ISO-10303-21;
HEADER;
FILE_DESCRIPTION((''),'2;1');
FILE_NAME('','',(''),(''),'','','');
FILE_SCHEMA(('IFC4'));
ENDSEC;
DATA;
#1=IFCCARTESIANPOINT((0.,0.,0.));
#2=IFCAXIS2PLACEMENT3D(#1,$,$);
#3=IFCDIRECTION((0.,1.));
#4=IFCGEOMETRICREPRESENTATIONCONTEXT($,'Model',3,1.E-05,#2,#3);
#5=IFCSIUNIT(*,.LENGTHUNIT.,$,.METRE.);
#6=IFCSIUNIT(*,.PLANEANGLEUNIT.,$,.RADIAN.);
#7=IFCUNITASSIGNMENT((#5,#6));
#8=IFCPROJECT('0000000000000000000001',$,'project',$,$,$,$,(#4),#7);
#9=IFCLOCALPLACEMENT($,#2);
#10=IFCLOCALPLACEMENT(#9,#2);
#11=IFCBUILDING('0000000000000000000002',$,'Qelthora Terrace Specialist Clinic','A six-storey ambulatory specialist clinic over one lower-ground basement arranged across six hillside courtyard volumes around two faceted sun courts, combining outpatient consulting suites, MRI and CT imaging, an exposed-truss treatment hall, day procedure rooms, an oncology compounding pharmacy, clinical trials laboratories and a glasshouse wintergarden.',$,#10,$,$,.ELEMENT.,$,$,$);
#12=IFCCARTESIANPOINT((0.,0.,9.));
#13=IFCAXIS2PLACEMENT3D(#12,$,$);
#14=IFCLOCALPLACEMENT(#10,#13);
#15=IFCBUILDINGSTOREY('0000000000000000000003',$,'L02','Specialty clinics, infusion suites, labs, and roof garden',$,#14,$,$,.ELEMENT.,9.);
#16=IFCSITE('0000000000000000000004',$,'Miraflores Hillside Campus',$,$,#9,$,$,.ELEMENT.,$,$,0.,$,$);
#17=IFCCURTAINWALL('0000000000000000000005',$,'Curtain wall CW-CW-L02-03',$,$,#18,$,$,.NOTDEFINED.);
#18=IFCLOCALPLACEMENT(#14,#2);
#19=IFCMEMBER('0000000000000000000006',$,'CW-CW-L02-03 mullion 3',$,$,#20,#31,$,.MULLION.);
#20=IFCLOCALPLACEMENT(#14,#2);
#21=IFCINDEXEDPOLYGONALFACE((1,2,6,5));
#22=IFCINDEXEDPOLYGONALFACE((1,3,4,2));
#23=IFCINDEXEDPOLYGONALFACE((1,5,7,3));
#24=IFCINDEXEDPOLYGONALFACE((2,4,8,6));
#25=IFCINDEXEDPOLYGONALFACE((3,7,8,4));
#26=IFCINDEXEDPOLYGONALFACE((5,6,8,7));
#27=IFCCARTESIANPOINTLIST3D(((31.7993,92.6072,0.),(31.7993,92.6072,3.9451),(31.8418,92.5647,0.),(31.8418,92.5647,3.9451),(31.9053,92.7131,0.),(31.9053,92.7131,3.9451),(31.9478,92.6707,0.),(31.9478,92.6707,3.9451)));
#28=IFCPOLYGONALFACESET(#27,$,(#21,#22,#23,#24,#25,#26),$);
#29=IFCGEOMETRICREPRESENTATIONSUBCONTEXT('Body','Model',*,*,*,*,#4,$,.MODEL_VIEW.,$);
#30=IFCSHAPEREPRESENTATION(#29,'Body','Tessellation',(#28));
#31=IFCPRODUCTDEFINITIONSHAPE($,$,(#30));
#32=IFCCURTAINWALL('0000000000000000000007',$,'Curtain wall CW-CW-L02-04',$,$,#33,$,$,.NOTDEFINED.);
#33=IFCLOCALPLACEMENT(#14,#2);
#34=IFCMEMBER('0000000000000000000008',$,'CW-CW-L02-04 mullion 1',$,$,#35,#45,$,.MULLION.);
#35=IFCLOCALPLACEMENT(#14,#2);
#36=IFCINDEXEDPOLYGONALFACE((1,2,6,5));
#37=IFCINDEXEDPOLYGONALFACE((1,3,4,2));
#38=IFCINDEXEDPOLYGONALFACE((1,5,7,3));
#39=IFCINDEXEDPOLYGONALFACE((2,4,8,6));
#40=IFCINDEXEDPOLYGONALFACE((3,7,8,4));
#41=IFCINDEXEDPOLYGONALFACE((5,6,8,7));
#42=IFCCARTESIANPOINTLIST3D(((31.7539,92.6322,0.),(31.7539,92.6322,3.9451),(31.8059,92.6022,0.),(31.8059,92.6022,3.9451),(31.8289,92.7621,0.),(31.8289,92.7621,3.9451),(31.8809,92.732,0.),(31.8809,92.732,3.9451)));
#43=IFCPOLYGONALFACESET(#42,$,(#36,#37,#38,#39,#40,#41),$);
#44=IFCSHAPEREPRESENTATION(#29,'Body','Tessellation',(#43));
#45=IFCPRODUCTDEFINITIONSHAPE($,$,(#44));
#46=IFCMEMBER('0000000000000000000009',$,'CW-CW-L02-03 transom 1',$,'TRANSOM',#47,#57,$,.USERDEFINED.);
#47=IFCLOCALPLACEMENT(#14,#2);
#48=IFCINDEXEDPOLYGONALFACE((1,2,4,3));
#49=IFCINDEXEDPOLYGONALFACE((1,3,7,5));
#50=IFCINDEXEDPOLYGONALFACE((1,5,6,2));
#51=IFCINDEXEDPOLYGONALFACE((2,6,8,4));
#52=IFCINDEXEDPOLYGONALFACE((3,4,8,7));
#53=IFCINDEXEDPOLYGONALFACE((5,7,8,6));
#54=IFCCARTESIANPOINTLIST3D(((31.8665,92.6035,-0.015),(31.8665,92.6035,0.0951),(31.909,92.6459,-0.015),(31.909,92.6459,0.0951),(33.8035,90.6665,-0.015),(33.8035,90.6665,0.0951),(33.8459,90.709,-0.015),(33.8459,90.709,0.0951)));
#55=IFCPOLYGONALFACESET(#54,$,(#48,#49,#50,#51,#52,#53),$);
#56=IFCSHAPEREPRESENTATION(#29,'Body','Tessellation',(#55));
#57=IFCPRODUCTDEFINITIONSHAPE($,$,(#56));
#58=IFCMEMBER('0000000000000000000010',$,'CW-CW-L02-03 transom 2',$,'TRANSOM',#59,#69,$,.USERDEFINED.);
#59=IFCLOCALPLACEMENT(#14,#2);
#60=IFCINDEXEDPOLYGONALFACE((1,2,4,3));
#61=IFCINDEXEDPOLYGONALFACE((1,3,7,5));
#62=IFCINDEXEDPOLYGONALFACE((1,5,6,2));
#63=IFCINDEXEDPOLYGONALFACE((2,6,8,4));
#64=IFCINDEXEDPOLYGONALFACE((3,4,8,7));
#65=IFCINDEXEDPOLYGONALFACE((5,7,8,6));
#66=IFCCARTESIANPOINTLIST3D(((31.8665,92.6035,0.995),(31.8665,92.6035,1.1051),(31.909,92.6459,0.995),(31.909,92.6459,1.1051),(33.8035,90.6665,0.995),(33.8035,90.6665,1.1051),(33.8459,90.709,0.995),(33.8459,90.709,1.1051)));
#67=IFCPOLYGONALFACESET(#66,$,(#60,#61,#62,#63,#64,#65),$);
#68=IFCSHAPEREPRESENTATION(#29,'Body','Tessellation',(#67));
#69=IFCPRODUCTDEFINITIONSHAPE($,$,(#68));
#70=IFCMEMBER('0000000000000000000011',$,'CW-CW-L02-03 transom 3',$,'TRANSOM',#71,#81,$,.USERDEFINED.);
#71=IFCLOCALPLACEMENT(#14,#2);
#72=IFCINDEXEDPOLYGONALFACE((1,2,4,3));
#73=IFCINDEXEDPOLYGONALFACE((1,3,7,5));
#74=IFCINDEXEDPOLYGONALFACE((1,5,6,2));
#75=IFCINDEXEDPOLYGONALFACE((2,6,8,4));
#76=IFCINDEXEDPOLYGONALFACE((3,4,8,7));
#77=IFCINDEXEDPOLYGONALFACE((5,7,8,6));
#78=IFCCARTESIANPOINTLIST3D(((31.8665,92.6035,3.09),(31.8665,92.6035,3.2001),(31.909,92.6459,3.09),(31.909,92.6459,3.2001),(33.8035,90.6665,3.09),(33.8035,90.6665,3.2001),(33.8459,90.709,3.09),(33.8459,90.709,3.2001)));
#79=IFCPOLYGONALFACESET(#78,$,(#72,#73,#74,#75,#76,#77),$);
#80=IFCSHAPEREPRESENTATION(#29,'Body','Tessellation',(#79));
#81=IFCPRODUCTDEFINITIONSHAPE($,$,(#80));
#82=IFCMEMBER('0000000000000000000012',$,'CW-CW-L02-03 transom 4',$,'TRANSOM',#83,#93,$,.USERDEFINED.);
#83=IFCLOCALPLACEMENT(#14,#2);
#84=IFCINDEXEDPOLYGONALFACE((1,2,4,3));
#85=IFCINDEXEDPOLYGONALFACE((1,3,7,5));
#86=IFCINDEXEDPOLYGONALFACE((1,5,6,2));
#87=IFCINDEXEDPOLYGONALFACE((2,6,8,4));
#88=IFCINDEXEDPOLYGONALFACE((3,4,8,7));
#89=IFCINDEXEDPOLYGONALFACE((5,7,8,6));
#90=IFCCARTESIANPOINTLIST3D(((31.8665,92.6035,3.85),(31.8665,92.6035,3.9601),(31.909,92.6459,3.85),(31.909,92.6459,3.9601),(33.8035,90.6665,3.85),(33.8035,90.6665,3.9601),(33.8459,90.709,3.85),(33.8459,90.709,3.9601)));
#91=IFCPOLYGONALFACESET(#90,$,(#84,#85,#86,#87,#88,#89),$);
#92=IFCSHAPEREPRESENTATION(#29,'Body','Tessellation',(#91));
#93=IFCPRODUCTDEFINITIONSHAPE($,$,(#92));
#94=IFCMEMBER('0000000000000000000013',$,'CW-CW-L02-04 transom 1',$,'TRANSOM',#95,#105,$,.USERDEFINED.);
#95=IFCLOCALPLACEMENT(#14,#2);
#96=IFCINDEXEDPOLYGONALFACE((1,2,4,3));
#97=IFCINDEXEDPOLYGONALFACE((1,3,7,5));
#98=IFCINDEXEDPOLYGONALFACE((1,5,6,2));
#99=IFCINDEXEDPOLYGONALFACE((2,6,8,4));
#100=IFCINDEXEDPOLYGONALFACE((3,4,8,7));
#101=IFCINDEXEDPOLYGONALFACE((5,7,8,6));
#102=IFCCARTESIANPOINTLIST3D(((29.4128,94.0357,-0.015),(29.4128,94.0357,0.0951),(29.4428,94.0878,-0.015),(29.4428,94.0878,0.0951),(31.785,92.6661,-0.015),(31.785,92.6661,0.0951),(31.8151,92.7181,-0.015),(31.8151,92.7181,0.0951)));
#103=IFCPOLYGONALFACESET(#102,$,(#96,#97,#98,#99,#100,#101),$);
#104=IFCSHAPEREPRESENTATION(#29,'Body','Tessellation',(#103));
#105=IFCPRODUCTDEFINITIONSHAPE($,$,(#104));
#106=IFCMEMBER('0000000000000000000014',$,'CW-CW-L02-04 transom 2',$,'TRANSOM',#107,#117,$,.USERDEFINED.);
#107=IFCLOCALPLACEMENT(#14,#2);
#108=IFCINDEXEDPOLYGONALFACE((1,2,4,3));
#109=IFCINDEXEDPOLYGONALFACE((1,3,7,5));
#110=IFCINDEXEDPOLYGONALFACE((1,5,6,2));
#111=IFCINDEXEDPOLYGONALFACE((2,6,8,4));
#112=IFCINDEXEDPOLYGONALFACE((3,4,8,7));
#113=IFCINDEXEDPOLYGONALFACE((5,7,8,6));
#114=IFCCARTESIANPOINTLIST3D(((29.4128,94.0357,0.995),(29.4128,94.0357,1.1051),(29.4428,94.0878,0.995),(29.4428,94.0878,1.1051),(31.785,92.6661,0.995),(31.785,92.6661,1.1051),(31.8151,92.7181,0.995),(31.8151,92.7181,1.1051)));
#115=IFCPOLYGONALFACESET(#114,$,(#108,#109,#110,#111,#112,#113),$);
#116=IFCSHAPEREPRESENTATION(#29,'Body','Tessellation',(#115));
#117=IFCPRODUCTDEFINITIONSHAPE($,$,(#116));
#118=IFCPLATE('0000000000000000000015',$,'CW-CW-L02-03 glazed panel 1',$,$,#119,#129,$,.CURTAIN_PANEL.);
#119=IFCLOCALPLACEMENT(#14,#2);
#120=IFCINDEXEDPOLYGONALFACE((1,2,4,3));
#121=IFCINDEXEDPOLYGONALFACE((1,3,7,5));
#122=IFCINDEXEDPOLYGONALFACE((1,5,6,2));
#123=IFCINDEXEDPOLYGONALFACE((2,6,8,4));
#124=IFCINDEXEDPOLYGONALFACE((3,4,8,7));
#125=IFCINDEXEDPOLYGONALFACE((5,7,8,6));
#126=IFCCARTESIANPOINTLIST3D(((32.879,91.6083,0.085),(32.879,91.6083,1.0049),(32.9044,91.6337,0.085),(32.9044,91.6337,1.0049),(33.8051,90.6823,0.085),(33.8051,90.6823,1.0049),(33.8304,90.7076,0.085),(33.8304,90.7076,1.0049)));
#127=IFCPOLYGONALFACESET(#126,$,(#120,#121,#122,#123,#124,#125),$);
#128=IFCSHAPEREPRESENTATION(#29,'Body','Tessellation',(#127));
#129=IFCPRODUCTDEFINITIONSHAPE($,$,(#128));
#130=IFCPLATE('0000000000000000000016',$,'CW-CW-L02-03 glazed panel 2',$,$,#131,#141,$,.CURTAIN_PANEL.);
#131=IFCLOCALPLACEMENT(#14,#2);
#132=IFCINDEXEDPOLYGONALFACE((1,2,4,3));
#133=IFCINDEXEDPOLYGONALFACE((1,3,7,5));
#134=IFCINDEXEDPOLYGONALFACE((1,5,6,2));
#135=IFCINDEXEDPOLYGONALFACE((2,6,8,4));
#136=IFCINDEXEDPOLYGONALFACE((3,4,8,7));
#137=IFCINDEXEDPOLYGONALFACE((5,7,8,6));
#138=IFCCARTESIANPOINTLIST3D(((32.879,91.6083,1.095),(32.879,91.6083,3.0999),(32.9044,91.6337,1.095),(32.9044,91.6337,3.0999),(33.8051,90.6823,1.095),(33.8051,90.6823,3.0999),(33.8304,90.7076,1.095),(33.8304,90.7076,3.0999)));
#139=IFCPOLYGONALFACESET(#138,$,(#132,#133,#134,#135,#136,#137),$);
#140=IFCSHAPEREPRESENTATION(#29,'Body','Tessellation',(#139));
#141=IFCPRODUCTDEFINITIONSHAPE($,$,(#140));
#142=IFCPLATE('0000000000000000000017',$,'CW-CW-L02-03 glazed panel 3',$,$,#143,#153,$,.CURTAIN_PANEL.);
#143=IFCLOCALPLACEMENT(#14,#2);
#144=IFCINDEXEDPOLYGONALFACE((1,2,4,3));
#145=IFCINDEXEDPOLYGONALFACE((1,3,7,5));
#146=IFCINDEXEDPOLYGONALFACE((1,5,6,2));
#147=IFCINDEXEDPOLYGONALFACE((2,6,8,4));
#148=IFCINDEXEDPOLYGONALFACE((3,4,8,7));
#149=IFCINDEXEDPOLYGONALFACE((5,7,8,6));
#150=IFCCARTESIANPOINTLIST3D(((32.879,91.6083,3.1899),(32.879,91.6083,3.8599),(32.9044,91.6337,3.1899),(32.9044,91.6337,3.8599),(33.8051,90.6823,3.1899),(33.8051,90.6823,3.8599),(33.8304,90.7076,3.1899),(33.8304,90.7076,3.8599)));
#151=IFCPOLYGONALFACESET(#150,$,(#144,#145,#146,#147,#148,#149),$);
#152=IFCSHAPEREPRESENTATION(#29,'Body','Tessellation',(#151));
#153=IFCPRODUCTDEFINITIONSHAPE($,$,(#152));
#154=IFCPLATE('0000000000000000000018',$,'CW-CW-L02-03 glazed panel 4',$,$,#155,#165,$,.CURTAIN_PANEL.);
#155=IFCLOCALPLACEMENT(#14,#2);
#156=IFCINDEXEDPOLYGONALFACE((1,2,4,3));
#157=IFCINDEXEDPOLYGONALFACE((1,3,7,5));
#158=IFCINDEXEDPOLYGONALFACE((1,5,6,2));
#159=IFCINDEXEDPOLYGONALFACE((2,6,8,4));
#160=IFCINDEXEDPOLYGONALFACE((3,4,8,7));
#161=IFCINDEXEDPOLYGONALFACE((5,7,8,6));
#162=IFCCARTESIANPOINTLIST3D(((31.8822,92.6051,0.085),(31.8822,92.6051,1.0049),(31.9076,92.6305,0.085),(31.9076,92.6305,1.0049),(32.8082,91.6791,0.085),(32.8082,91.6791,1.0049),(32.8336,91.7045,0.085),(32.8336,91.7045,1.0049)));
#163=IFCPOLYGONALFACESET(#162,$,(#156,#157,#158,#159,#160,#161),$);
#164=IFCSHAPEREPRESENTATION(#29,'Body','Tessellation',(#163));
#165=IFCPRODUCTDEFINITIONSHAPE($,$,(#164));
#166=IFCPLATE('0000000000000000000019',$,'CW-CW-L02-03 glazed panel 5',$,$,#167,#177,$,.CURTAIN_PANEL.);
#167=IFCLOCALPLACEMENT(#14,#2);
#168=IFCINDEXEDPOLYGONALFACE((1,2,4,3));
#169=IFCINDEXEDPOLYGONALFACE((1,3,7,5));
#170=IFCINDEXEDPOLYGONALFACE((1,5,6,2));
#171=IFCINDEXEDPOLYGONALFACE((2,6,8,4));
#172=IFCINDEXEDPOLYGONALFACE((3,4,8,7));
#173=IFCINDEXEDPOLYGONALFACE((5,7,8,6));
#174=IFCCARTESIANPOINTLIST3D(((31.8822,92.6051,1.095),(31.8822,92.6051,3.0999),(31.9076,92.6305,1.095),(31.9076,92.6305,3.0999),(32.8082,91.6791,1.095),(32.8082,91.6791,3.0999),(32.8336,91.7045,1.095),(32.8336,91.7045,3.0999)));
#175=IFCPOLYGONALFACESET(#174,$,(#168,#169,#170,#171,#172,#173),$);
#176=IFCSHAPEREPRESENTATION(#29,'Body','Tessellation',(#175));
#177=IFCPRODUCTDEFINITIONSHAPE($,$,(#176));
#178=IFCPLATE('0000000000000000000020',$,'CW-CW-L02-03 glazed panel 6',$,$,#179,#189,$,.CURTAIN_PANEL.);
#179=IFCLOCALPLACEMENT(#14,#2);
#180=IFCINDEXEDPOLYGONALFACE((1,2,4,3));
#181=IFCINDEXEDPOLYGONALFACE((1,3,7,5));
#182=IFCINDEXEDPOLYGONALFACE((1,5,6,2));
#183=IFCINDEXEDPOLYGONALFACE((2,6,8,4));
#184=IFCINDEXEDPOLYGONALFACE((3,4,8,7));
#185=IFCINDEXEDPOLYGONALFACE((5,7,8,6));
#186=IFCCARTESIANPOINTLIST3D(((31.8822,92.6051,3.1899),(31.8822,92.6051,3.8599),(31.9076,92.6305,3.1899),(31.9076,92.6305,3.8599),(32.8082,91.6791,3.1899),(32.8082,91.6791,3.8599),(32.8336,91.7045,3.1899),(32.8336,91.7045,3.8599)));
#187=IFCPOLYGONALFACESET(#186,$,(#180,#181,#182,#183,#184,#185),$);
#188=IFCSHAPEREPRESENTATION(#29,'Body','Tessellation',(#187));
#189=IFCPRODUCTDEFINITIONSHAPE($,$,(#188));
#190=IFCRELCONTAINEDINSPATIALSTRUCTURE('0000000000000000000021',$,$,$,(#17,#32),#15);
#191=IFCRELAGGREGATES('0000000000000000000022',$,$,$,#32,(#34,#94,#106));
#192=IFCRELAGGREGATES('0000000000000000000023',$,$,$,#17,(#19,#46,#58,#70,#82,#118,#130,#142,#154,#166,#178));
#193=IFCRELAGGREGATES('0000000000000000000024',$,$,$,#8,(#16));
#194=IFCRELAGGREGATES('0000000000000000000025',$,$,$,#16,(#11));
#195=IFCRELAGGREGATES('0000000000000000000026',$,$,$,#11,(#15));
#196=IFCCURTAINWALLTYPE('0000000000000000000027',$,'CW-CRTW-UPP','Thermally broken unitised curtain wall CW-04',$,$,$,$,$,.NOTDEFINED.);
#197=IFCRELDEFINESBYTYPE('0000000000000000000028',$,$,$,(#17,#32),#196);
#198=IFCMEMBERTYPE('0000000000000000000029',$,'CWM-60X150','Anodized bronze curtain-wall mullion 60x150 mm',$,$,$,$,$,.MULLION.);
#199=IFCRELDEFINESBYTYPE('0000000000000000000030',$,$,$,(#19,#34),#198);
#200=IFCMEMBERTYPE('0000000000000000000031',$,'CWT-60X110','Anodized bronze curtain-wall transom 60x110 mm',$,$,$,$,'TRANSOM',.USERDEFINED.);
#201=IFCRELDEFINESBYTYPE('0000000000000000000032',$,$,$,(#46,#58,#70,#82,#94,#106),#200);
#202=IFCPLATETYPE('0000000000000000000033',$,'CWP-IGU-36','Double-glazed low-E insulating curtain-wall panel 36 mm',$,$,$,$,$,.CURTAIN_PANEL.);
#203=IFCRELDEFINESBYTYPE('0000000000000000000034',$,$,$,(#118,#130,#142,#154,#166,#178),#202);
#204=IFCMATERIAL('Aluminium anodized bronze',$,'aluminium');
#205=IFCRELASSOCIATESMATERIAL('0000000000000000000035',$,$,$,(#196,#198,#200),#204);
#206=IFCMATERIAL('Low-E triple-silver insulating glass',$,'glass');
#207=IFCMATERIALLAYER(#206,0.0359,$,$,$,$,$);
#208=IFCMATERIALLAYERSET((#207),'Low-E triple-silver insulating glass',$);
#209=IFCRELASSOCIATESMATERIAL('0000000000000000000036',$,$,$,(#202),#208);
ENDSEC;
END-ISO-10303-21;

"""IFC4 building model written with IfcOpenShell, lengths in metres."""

from ifc_helpers import new_model, si_unit, direction, frame, origin, origin_2d, place, context, subcontext, project, spatial, rectangle, extrude, material, layer, layer_set, material_profile, profile_set, type_object, element, aggregate, save


model = new_model("IFC4")

# Units and contexts
model_context = context("Model", 3, precision=1e-05, world=origin(), true_north=direction((0.0, 1.0)))
body_context = subcontext(model_context, "Body", "Model", "MODEL_VIEW")
ifc_project = project(units=[si_unit("LENGTHUNIT", "METRE"), si_unit("PLANEANGLEUNIT", "RADIAN")], contexts=[model_context])

# Site, building, storey
site_placement = place(None, origin())
site = spatial("IfcSite", under=ifc_project, at=site_placement, Name="Miraflores Hillside Campus", CompositionType="ELEMENT", RefElevation=0.0)
building_placement = place(site_placement, origin())
building = spatial("IfcBuilding", under=site, at=building_placement, Name="Qelthora Terrace Specialist Clinic", Description="A six-storey ambulatory specialist clinic over one lower-ground basement arranged across six hillside courtyard volumes around two faceted sun courts, combining outpatient consulting suites, MRI and CT imaging, an exposed-truss treatment hall, day procedure rooms, an oncology compounding pharmacy, clinical trials laboratories and a glasshouse wintergarden.", CompositionType="ELEMENT")
storey_placement = place(building_placement, frame((0.0, 0.0, 9.0)))
storey = spatial("IfcBuildingStorey", under=building, at=storey_placement, Name="L02", Description="Specialty clinics, infusion suites, labs, and roof garden", CompositionType="ELEMENT", Elevation=9.0)

# Shared definitions
ifc_material_1 = material(Name="Aluminium anodized bronze", Category="aluminium")
curtain_wall_type = type_object("IfcCurtainWallType", Name="CW-CRTW-UPP", Description="Thermally broken unitised curtain wall CW-04", PredefinedType="NOTDEFINED", material=ifc_material_1)
ifc_material_profile_1 = material_profile(ifc_material_1, rectangle(XDim=0.0601, YDim=0.1499, at=origin_2d()), Name="CWM60X150")
ifc_profile_set_1 = profile_set([ifc_material_profile_1], Name="Aluminium anodized bronze")
member_type_1 = type_object("IfcMemberType", Name="CWM-60X150", Description="Anodized bronze curtain-wall mullion 60x150 mm", PredefinedType="MULLION", material=ifc_profile_set_1)

# Curtain wall, member
curtain_wall_1_placement = place(storey_placement, origin())
curtain_wall_1 = element("IfcCurtainWall", 1, at=curtain_wall_1_placement, inside=storey, type_object=curtain_wall_type, Name="Curtain wall CW-CW-L02-03", PredefinedType="NOTDEFINED")
member_1_placement = place(storey_placement, frame((31.8735, 92.6389, 0.0), z_axis=(0.0, 0.0, 1.0), x_axis=(-0.707107, 0.707107, 0.0)))
member_1 = element("IfcMember", 2, at=member_1_placement, type_object=member_type_1, Name="CW-CW-L02-03 mullion 3", PredefinedType="MULLION", context=body_context, shape_type="SweptSolid", body=[
    extrude(rectangle(XDim=0.0601, YDim=0.1499, at=origin_2d()), origin(), (0.0, 0.0, 1.0), 3.9451),
])

# Curtain wall, member
curtain_wall_2_placement = place(storey_placement, origin())
curtain_wall_2 = element("IfcCurtainWall", 3, at=curtain_wall_2_placement, inside=storey, type_object=curtain_wall_type, Name="Curtain wall CW-CW-L02-04", PredefinedType="NOTDEFINED")
member_2_placement = place(storey_placement, frame((31.8174, 92.6821, 0.0), z_axis=(0.0, 0.0, 1.0), x_axis=(-0.866026, 0.5, 0.0)))
member_2 = element("IfcMember", 4, at=member_2_placement, type_object=member_type_1, Name="CW-CW-L02-04 mullion 1", PredefinedType="MULLION", context=body_context, shape_type="SweptSolid", body=[
    extrude(rectangle(XDim=0.0601, YDim=0.1499, at=origin_2d()), origin(), (0.0, 0.0, 1.0), 3.9451),
])

# Members
ifc_material_profile_2 = material_profile(ifc_material_1, rectangle(XDim=0.0601, YDim=0.1101, at=origin_2d()), Name="CWT60X110")
ifc_profile_set_2 = profile_set([ifc_material_profile_2], Name="Aluminium anodized bronze")
member_type_2 = type_object("IfcMemberType", Name="CWT-60X110", Description="Anodized bronze curtain-wall transom 60x110 mm", ElementType="TRANSOM", PredefinedType="USERDEFINED", material=ifc_profile_set_2)
member_3_placement = place(storey_placement, frame((33.8247, 90.6877, 0.04), z_axis=(-0.707107, 0.707107, 0.0), x_axis=(-0.707107, -0.707107, 0.0)))
member_3 = element("IfcMember", 5, at=member_3_placement, type_object=member_type_2, Name="CW-CW-L02-03 transom 1", ObjectType="TRANSOM", PredefinedType="USERDEFINED", context=body_context, shape_type="SweptSolid", body=[
    extrude(rectangle(XDim=0.0601, YDim=0.1101, at=origin_2d()), origin(), (0.0, 0.0, 1.0), 2.7393),
])
member_4_placement = place(storey_placement, frame((33.8247, 90.6877, 1.05), z_axis=(-0.707107, 0.707107, 0.0), x_axis=(-0.707107, -0.707107, 0.0)))
member_4 = element("IfcMember", 6, at=member_4_placement, type_object=member_type_2, Name="CW-CW-L02-03 transom 2", ObjectType="TRANSOM", PredefinedType="USERDEFINED", context=body_context, shape_type="SweptSolid", body=[
    extrude(rectangle(XDim=0.0601, YDim=0.1101, at=origin_2d()), origin(), (0.0, 0.0, 1.0), 2.7393),
])
member_5_placement = place(storey_placement, frame((33.8247, 90.6877, 3.145), z_axis=(-0.707107, 0.707107, 0.0), x_axis=(-0.707107, -0.707107, 0.0)))
member_5 = element("IfcMember", 7, at=member_5_placement, type_object=member_type_2, Name="CW-CW-L02-03 transom 3", ObjectType="TRANSOM", PredefinedType="USERDEFINED", context=body_context, shape_type="SweptSolid", body=[
    extrude(rectangle(XDim=0.0601, YDim=0.1101, at=origin_2d()), origin(), (0.0, 0.0, 1.0), 2.7393),
])
member_6_placement = place(storey_placement, frame((33.8247, 90.6877, 3.905), z_axis=(-0.707107, 0.707107, 0.0), x_axis=(-0.707107, -0.707107, 0.0)))
member_6 = element("IfcMember", 8, at=member_6_placement, type_object=member_type_2, Name="CW-CW-L02-03 transom 4", ObjectType="TRANSOM", PredefinedType="USERDEFINED", context=body_context, shape_type="SweptSolid", body=[
    extrude(rectangle(XDim=0.0601, YDim=0.1101, at=origin_2d()), origin(), (0.0, 0.0, 1.0), 2.7393),
])
member_7_placement = place(storey_placement, frame((31.8, 92.6921, 0.04), z_axis=(-0.86603, 0.499992, 0.0), x_axis=(-0.499992, -0.86603, 0.0)))
member_7 = element("IfcMember", 9, at=member_7_placement, type_object=member_type_2, Name="CW-CW-L02-04 transom 1", ObjectType="TRANSOM", PredefinedType="USERDEFINED", context=body_context, shape_type="SweptSolid", body=[
    extrude(rectangle(XDim=0.0601, YDim=0.1101, at=origin_2d()), origin(), (0.0, 0.0, 1.0), 2.7393),
])
member_8_placement = place(storey_placement, frame((31.8, 92.6921, 1.05), z_axis=(-0.86603, 0.499992, 0.0), x_axis=(-0.499992, -0.86603, 0.0)))
member_8 = element("IfcMember", 10, at=member_8_placement, type_object=member_type_2, Name="CW-CW-L02-04 transom 2", ObjectType="TRANSOM", PredefinedType="USERDEFINED", context=body_context, shape_type="SweptSolid", body=[
    extrude(rectangle(XDim=0.0601, YDim=0.1101, at=origin_2d()), origin(), (0.0, 0.0, 1.0), 2.7393),
])
aggregate(curtain_wall_2, [member_2, member_7, member_8])

# Plates
ifc_material_2 = material(Name="Low-E triple-silver insulating glass", Category="glass")
ifc_layer_1 = layer(ifc_material_2, 0.0359)
ifc_layer_set_1 = layer_set([ifc_layer_1], Name="Low-E triple-silver insulating glass")
plate_type = type_object("IfcPlateType", Name="CWP-IGU-36", Description="Double-glazed low-E insulating curtain-wall panel 36 mm", PredefinedType="CURTAIN_PANEL", material=ifc_layer_set_1)
plate_1_placement = place(storey_placement, frame((33.3547, 91.158, 0.085), z_axis=(0.0, 0.0, 1.0), x_axis=(-0.707107, 0.707107, 0.0)))
plate_1 = element("IfcPlate", 11, at=plate_1_placement, type_object=plate_type, Name="CW-CW-L02-03 glazed panel 1", PredefinedType="CURTAIN_PANEL", context=body_context, shape_type="SweptSolid", body=[
    extrude(rectangle(XDim=1.3096, YDim=0.0359, at=origin_2d()), origin(), (0.0, 0.0, 1.0), 0.9199),
])
plate_2_placement = place(storey_placement, frame((33.3547, 91.158, 1.095), z_axis=(0.0, 0.0, 1.0), x_axis=(-0.707107, 0.707107, 0.0)))
plate_2 = element("IfcPlate", 12, at=plate_2_placement, type_object=plate_type, Name="CW-CW-L02-03 glazed panel 2", PredefinedType="CURTAIN_PANEL", context=body_context, shape_type="SweptSolid", body=[
    extrude(rectangle(XDim=1.3096, YDim=0.0359, at=origin_2d()), origin(), (0.0, 0.0, 1.0), 2.0049),
])
plate_3_placement = place(storey_placement, frame((33.3547, 91.158, 3.1899), z_axis=(0.0, 0.0, 1.0), x_axis=(-0.707107, 0.707107, 0.0)))
plate_3 = element("IfcPlate", 13, at=plate_3_placement, type_object=plate_type, Name="CW-CW-L02-03 glazed panel 3", PredefinedType="CURTAIN_PANEL", context=body_context, shape_type="SweptSolid", body=[
    extrude(rectangle(XDim=1.3096, YDim=0.0359, at=origin_2d()), origin(), (0.0, 0.0, 1.0), 0.6699),
])
plate_4_placement = place(storey_placement, frame((32.3579, 92.1548, 0.085), z_axis=(0.0, 0.0, 1.0), x_axis=(-0.707107, 0.707107, 0.0)))
plate_4 = element("IfcPlate", 14, at=plate_4_placement, type_object=plate_type, Name="CW-CW-L02-03 glazed panel 4", PredefinedType="CURTAIN_PANEL", context=body_context, shape_type="SweptSolid", body=[
    extrude(rectangle(XDim=1.3096, YDim=0.0359, at=origin_2d()), origin(), (0.0, 0.0, 1.0), 0.9199),
])
plate_5_placement = place(storey_placement, frame((32.3579, 92.1548, 1.095), z_axis=(0.0, 0.0, 1.0), x_axis=(-0.707107, 0.707107, 0.0)))
plate_5 = element("IfcPlate", 15, at=plate_5_placement, type_object=plate_type, Name="CW-CW-L02-03 glazed panel 5", PredefinedType="CURTAIN_PANEL", context=body_context, shape_type="SweptSolid", body=[
    extrude(rectangle(XDim=1.3096, YDim=0.0359, at=origin_2d()), origin(), (0.0, 0.0, 1.0), 2.0049),
])
plate_6_placement = place(storey_placement, frame((32.3579, 92.1548, 3.1899), z_axis=(0.0, 0.0, 1.0), x_axis=(-0.707107, 0.707107, 0.0)))
plate_6 = element("IfcPlate", 16, at=plate_6_placement, type_object=plate_type, Name="CW-CW-L02-03 glazed panel 6", PredefinedType="CURTAIN_PANEL", context=body_context, shape_type="SweptSolid", body=[
    extrude(rectangle(XDim=1.3096, YDim=0.0359, at=origin_2d()), origin(), (0.0, 0.0, 1.0), 0.6699),
])
aggregate(curtain_wall_1, [member_1, member_3, member_4, member_5, member_6, plate_1, plate_2, plate_3, plate_4, plate_5, plate_6])

save(model, "model.ifc")
